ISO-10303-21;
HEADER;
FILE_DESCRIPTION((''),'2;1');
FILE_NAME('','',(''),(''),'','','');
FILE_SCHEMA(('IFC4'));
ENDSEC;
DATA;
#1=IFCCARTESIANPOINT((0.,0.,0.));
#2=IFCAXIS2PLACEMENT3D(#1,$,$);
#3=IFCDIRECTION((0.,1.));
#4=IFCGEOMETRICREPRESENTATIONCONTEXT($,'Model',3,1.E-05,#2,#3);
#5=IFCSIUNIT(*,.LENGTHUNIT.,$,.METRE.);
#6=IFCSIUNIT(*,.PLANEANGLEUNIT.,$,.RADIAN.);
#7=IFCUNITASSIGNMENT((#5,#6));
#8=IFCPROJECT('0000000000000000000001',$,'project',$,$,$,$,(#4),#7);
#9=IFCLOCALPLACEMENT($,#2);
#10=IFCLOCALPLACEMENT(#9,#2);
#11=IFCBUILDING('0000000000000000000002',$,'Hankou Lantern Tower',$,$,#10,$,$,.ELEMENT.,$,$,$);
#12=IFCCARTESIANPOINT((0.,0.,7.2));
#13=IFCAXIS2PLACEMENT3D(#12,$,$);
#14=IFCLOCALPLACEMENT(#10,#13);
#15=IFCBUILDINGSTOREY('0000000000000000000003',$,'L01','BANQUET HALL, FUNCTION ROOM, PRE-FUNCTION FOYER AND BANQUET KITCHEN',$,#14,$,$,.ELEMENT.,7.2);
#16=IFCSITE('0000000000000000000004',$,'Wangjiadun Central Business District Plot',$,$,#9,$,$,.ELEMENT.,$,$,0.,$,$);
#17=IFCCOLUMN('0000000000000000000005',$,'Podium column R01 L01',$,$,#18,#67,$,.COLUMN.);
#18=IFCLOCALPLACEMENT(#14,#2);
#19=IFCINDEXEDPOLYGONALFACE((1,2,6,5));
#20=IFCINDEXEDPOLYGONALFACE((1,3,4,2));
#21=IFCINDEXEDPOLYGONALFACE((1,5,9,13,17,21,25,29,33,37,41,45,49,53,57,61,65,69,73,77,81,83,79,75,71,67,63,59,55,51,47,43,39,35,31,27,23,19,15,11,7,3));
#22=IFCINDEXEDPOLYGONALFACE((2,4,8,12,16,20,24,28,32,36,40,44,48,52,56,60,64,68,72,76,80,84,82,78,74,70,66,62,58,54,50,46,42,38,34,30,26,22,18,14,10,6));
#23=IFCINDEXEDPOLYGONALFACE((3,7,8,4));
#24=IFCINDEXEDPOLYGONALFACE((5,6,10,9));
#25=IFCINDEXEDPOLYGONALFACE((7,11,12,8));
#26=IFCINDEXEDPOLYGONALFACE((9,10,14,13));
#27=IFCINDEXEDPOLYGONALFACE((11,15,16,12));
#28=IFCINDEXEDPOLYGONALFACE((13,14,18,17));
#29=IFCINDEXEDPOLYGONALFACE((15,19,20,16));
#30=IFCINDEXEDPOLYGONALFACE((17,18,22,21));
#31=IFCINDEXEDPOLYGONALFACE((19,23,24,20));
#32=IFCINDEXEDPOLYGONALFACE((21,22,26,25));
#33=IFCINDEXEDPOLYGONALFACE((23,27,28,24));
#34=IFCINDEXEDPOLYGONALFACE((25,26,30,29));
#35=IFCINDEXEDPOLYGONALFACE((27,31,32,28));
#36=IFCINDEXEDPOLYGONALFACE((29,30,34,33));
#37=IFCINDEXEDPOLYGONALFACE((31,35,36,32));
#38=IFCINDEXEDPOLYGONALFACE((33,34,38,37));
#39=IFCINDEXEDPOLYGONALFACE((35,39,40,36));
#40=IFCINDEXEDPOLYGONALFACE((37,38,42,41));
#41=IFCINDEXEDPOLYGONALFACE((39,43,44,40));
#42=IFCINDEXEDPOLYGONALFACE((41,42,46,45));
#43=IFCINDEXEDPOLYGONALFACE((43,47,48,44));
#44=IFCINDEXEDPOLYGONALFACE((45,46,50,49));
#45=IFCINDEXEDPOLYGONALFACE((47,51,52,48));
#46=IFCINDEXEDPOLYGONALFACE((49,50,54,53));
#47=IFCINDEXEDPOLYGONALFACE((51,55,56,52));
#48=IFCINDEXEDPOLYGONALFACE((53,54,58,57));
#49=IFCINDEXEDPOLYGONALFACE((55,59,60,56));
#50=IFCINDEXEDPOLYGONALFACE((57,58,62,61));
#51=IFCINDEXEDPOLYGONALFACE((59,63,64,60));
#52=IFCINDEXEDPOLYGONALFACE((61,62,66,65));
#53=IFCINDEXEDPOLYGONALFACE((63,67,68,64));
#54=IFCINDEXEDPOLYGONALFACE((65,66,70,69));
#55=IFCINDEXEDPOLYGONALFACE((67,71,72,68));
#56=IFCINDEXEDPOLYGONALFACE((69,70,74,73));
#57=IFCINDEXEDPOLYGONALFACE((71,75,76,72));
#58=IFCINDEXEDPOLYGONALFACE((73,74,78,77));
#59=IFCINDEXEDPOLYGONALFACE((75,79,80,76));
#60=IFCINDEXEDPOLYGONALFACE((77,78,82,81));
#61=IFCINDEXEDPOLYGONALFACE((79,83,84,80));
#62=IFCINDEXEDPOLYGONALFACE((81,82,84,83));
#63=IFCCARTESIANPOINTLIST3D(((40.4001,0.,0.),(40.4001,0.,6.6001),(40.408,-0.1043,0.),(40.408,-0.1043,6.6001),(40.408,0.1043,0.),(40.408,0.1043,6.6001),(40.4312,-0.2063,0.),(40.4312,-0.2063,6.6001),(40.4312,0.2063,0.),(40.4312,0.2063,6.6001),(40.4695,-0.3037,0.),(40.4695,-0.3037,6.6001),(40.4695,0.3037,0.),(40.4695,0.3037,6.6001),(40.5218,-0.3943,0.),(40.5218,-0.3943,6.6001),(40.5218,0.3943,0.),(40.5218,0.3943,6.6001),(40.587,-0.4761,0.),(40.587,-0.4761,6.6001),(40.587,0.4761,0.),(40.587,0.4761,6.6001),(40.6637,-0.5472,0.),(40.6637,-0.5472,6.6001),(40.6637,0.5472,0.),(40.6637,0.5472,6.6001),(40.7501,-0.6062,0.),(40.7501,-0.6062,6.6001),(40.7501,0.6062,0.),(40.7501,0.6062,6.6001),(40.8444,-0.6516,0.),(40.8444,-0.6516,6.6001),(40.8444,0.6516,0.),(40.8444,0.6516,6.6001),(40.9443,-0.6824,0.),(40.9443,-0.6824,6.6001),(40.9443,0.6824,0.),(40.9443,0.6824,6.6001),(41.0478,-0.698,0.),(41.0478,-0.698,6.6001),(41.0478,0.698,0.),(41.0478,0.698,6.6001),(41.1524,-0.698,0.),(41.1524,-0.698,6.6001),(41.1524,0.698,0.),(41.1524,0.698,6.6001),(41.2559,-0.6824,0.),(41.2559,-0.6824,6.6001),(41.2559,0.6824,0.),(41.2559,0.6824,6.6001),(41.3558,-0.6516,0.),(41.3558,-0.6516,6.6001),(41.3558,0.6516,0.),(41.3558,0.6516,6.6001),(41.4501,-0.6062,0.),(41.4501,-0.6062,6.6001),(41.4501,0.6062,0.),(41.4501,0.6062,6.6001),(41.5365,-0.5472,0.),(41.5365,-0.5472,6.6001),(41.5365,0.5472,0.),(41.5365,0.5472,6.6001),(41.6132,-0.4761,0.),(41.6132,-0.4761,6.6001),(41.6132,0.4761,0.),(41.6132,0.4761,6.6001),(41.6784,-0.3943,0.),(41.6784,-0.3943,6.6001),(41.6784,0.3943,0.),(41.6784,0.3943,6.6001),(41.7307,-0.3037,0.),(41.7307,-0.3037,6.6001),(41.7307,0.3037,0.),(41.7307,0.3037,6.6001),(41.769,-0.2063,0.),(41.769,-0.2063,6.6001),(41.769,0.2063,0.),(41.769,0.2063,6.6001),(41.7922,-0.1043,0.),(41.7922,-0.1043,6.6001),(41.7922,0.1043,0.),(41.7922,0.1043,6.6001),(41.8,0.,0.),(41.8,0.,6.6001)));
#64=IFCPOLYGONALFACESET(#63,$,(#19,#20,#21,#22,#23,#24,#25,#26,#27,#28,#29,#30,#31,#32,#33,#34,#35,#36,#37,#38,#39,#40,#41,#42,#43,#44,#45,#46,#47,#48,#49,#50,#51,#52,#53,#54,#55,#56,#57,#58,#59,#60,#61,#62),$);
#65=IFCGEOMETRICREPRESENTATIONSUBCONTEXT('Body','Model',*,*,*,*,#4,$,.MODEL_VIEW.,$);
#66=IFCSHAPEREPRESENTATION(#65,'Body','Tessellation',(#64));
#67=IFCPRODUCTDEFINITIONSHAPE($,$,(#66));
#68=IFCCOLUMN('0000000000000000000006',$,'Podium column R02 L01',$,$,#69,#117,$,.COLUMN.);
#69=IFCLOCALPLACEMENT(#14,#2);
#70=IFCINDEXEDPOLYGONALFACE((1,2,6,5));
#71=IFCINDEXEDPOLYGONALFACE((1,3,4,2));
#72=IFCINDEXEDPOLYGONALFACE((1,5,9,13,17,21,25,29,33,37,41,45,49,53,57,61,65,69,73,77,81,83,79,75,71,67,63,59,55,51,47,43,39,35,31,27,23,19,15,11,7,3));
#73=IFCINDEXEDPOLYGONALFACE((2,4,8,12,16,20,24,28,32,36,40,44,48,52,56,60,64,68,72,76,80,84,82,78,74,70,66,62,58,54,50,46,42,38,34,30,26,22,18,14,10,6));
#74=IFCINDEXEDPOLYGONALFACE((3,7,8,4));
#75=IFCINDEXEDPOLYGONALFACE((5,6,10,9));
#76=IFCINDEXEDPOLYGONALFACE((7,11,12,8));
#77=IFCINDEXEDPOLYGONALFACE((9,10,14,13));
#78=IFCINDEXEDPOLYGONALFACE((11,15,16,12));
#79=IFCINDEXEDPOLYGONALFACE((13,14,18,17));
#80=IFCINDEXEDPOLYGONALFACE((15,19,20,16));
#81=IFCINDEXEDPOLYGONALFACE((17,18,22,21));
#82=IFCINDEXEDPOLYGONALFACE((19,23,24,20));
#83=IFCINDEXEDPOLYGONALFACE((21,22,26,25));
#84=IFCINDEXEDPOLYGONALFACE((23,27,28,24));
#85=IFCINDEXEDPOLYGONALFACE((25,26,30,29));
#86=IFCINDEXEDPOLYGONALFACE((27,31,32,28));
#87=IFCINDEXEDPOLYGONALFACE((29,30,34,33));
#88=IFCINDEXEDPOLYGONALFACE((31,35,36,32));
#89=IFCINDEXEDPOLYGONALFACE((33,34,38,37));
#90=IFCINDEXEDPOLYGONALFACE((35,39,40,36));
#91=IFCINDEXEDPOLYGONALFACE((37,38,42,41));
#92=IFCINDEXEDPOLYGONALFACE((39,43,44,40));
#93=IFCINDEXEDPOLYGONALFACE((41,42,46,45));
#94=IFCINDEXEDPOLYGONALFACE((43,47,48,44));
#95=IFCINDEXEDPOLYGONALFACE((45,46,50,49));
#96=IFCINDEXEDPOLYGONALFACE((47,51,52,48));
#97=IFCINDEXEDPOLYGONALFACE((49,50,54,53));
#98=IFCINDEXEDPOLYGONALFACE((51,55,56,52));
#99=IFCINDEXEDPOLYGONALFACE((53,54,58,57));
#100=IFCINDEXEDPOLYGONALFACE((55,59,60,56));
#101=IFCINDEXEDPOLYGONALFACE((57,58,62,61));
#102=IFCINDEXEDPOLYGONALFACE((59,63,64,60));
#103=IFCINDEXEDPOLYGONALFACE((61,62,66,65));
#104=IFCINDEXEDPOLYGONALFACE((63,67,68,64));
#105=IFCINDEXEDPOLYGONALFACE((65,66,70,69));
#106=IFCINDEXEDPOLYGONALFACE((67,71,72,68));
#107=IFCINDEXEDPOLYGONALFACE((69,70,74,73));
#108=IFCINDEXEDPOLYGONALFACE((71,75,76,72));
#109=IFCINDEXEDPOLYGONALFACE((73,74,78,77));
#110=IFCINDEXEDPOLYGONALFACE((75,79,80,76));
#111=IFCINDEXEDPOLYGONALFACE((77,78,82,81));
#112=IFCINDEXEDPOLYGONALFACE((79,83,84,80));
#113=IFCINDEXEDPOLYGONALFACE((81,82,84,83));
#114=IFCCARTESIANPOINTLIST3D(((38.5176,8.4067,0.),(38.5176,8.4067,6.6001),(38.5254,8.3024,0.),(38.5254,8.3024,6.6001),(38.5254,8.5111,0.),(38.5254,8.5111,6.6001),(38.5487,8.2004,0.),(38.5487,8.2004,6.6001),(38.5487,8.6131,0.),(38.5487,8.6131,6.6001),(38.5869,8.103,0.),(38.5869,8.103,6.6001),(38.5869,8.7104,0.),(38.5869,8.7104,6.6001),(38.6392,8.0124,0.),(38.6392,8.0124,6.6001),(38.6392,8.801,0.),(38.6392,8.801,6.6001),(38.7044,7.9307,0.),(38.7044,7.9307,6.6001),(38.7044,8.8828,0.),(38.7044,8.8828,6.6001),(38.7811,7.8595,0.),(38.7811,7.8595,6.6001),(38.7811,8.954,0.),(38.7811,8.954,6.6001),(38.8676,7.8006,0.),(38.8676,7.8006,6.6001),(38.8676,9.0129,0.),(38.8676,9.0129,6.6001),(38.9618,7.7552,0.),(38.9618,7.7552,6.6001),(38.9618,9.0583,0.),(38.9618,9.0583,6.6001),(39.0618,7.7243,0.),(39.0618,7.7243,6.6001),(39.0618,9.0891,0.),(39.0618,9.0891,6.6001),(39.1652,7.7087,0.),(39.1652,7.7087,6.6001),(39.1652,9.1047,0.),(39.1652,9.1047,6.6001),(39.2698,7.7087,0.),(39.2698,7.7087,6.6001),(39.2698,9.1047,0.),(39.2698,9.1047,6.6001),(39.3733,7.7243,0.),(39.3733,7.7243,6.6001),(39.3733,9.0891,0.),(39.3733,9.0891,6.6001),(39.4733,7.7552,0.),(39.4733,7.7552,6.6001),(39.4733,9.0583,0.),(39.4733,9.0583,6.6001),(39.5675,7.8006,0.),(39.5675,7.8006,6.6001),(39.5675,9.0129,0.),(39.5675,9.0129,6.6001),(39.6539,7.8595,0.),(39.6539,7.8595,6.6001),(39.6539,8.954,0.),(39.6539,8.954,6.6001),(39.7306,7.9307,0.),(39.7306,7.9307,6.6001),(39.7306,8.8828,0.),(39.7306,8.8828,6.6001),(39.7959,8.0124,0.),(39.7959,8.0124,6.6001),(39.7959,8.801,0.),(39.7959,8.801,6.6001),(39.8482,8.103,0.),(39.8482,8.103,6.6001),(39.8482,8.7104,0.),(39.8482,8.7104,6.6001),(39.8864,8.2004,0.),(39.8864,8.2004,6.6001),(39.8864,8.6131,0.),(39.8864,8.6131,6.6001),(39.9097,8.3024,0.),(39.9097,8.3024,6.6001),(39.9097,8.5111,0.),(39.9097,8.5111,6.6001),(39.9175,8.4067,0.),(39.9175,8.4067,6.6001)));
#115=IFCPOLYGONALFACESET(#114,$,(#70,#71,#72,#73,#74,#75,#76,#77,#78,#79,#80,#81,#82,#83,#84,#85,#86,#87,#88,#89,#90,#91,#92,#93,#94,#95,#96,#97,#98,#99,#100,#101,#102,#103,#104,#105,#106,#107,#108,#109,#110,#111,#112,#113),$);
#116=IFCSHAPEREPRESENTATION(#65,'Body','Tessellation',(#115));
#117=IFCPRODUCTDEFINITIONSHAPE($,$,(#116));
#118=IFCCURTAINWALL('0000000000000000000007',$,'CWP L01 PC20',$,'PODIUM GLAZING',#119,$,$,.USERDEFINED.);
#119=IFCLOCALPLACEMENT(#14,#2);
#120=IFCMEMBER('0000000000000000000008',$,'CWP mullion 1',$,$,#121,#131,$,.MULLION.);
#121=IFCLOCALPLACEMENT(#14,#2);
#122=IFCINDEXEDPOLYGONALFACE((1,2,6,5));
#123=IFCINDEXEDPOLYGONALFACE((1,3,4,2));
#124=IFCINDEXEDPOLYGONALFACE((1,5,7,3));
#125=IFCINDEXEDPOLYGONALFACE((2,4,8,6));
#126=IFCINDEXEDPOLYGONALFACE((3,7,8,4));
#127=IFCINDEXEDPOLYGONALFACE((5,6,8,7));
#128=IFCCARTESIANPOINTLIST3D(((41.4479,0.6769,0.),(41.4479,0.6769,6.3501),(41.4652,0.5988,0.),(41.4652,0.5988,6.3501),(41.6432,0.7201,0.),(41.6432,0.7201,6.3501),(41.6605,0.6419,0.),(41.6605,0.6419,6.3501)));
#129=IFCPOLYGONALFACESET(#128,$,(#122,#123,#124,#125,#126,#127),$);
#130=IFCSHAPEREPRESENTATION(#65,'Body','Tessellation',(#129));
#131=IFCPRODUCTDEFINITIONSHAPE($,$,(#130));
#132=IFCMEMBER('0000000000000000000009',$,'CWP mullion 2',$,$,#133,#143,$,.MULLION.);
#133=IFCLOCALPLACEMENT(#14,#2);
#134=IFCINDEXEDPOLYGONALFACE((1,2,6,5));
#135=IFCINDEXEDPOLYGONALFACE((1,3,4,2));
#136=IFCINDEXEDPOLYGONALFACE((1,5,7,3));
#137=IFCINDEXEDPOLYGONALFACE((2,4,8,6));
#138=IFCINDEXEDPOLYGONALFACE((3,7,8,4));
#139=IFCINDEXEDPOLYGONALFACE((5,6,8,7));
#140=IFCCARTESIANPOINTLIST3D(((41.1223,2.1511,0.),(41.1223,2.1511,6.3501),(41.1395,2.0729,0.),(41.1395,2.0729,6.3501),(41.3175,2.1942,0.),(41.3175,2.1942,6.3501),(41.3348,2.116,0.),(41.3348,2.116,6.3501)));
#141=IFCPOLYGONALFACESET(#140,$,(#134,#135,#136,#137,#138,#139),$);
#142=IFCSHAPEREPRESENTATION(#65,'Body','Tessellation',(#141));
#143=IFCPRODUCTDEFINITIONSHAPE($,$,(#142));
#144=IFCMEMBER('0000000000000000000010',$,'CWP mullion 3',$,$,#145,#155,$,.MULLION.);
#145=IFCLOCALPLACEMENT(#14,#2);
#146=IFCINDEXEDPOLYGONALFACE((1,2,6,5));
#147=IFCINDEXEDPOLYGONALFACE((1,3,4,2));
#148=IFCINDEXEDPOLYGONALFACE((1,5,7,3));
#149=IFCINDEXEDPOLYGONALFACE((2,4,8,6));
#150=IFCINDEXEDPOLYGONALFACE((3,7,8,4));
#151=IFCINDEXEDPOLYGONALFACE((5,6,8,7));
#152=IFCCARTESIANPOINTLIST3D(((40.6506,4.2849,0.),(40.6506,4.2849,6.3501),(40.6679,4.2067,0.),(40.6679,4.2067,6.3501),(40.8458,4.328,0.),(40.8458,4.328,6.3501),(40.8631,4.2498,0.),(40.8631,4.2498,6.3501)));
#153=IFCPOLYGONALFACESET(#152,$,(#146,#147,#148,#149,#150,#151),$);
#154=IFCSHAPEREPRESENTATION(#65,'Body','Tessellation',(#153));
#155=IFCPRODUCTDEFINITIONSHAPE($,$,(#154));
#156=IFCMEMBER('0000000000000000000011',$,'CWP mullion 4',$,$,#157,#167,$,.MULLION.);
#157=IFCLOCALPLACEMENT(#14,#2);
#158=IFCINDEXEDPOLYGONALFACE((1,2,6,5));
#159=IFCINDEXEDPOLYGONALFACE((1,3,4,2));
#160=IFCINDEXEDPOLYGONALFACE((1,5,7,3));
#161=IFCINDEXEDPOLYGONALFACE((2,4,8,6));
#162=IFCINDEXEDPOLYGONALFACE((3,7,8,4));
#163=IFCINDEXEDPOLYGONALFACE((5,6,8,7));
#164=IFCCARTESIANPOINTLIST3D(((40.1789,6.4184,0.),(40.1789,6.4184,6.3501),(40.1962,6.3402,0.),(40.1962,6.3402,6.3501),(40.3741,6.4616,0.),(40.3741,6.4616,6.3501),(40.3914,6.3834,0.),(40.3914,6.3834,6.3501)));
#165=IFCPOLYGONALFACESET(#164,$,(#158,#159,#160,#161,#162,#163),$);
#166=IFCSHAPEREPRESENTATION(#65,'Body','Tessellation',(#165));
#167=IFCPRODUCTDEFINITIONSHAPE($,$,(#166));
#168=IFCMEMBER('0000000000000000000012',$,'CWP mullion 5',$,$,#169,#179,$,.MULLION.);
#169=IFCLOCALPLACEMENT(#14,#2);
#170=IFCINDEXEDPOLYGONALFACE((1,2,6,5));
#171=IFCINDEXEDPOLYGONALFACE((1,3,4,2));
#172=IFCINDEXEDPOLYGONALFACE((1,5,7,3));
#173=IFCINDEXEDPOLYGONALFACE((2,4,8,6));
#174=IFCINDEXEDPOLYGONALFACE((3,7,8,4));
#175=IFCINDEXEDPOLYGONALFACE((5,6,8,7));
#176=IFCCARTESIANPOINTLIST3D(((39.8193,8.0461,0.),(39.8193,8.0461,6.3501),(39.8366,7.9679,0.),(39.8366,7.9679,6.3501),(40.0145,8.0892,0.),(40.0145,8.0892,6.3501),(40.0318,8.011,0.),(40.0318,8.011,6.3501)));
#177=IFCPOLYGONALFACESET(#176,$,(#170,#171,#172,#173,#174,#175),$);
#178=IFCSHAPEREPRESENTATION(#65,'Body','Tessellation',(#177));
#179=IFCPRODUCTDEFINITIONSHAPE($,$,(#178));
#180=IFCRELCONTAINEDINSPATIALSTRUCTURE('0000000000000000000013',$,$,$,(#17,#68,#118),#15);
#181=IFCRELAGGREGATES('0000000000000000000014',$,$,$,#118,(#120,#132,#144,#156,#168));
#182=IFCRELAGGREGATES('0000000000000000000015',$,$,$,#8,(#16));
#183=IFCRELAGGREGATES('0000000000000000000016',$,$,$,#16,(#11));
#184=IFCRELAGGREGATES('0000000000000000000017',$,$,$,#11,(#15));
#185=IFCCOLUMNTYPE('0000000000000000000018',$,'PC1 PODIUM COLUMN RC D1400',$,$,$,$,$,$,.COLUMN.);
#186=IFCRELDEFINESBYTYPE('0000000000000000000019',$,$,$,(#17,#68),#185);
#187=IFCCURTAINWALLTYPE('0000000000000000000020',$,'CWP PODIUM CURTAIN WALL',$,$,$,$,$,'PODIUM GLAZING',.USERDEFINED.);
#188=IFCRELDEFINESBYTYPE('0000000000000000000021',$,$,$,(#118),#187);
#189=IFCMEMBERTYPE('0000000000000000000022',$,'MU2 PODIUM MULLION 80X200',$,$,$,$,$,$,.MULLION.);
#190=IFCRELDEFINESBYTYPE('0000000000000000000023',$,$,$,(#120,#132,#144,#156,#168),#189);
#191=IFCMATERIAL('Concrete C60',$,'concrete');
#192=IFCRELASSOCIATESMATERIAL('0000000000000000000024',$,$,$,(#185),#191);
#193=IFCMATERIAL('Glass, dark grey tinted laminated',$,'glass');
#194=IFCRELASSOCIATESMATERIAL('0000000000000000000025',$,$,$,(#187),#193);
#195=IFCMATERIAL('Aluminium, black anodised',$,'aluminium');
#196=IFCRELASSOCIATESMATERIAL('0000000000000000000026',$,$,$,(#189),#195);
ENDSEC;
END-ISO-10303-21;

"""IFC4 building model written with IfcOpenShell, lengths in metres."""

from ifc_helpers import new_model, si_unit, direction, frame, origin, origin_2d, place, context, subcontext, project, spatial, rectangle, circle, extrude, material, material_profile, profile_set, type_object, element, aggregate, save


model = new_model("IFC4")

# Units and contexts
model_context = context("Model", 3, precision=1e-05, world=origin(), true_north=direction((0.0, 1.0)))
body_context = subcontext(model_context, "Body", "Model", "MODEL_VIEW")
ifc_project = project(units=[si_unit("LENGTHUNIT", "METRE"), si_unit("PLANEANGLEUNIT", "RADIAN")], contexts=[model_context])

# Site, building, storey
site_placement = place(None, origin())
site = spatial("IfcSite", under=ifc_project, at=site_placement, Name="Wangjiadun Central Business District Plot", CompositionType="ELEMENT", RefElevation=0.0)
building_placement = place(site_placement, origin())
building = spatial("IfcBuilding", under=site, at=building_placement, Name="Hankou Lantern Tower", CompositionType="ELEMENT")
storey_placement = place(building_placement, frame((0.0, 0.0, 7.2)))
storey = spatial("IfcBuildingStorey", under=building, at=storey_placement, Name="L01", Description="BANQUET HALL, FUNCTION ROOM, PRE-FUNCTION FOYER AND BANQUET KITCHEN", CompositionType="ELEMENT", Elevation=7.2)

# Columns
ifc_material_1 = material(Name="Concrete C60", Category="concrete")
ifc_material_profile_1 = material_profile(ifc_material_1, circle(Radius=0.7, at=origin_2d()), Name="RC D1400")
ifc_profile_set_1 = profile_set([ifc_material_profile_1], Name="Concrete C60")
column_type = type_object("IfcColumnType", Name="PC1 PODIUM COLUMN RC D1400", PredefinedType="COLUMN", material=ifc_profile_set_1)
for number, where, z_axis, x_axis, name in (
    (1, (41.1001, 0.0, 0.0), (0.0, 0.0, 1.0), (1.0, 0.0, 0.0), "Podium column R01 L01"),
    (2, (39.2175, 8.4067, 0.0), (0.0, 0.0, 1.0), (1.0, 0.0, 0.0), "Podium column R02 L01"),
):
    element("IfcColumn", number, at=place(storey_placement, frame(where, z_axis=z_axis, x_axis=x_axis)), inside=storey, type_object=column_type, Name=name, PredefinedType="COLUMN", context=body_context, shape_type="SweptSolid", body=[
        extrude(circle(Radius=0.7, at=origin_2d()), origin(), (0.0, 0.0, 1.0), 6.6001),
    ])

# Curtain wall, members
ifc_material_2 = material(Name="Glass, dark grey tinted laminated", Category="glass")
curtain_wall_type = type_object("IfcCurtainWallType", Name="CWP PODIUM CURTAIN WALL", ElementType="PODIUM GLAZING", PredefinedType="USERDEFINED", material=ifc_material_2)
curtain_wall_placement = place(storey_placement, origin())
curtain_wall = element("IfcCurtainWall", 3, at=curtain_wall_placement, inside=storey, type_object=curtain_wall_type, Name="CWP L01 PC20", ObjectType="PODIUM GLAZING", PredefinedType="USERDEFINED")
ifc_material_3 = material(Name="Aluminium, black anodised", Category="aluminium")
ifc_material_profile_2 = material_profile(ifc_material_3, rectangle(XDim=0.0801, YDim=0.2, at=origin_2d()), Name="MU2 80X200")
ifc_profile_set_2 = profile_set([ifc_material_profile_2], Name="Aluminium, black anodised")
member_type_1 = type_object("IfcMemberType", Name="MU2 PODIUM MULLION 80X200", PredefinedType="MULLION", material=ifc_profile_set_2)
member_1_placement = place(storey_placement, frame((41.5542, 0.6594, 0.0), z_axis=(0.0, 0.0, 1.0), x_axis=(-0.215821, 0.976433, 0.0)))
member_1 = element("IfcMember", 4, at=member_1_placement, type_object=member_type_1, Name="CWP mullion 1", PredefinedType="MULLION", context=body_context, shape_type="SweptSolid", body=[
    extrude(rectangle(XDim=0.0801, YDim=0.2, at=origin_2d()), origin(), (0.0, 0.0, 1.0), 6.3501),
])
member_2_placement = place(storey_placement, frame((41.2285, 2.1335, 0.0), z_axis=(0.0, 0.0, 1.0), x_axis=(-0.215821, 0.976433, 0.0)))
member_2 = element("IfcMember", 5, at=member_2_placement, type_object=member_type_1, Name="CWP mullion 2", PredefinedType="MULLION", context=body_context, shape_type="SweptSolid", body=[
    extrude(rectangle(XDim=0.0801, YDim=0.2, at=origin_2d()), origin(), (0.0, 0.0, 1.0), 6.3501),
])
member_3_placement = place(storey_placement, frame((40.7568, 4.2673, 0.0), z_axis=(0.0, 0.0, 1.0), x_axis=(-0.215821, 0.976433, 0.0)))
member_3 = element("IfcMember", 6, at=member_3_placement, type_object=member_type_1, Name="CWP mullion 3", PredefinedType="MULLION", context=body_context, shape_type="SweptSolid", body=[
    extrude(rectangle(XDim=0.0801, YDim=0.2, at=origin_2d()), origin(), (0.0, 0.0, 1.0), 6.3501),
])
member_4_placement = place(storey_placement, frame((40.2852, 6.4009, 0.0), z_axis=(0.0, 0.0, 1.0), x_axis=(-0.215821, 0.976433, 0.0)))
member_4 = element("IfcMember", 7, at=member_4_placement, type_object=member_type_1, Name="CWP mullion 4", PredefinedType="MULLION", context=body_context, shape_type="SweptSolid", body=[
    extrude(rectangle(XDim=0.0801, YDim=0.2, at=origin_2d()), origin(), (0.0, 0.0, 1.0), 6.3501),
])
member_5_placement = place(storey_placement, frame((39.9255, 8.0286, 0.0), z_axis=(0.0, 0.0, 1.0), x_axis=(-0.215821, 0.976433, 0.0)))
member_5 = element("IfcMember", 8, at=member_5_placement, type_object=member_type_1, Name="CWP mullion 5", PredefinedType="MULLION", context=body_context, shape_type="SweptSolid", body=[
    extrude(rectangle(XDim=0.0801, YDim=0.2, at=origin_2d()), origin(), (0.0, 0.0, 1.0), 6.3501),
])

aggregate(curtain_wall, [member_1, member_2, member_3, member_4, member_5])

save(model, "model.ifc")
